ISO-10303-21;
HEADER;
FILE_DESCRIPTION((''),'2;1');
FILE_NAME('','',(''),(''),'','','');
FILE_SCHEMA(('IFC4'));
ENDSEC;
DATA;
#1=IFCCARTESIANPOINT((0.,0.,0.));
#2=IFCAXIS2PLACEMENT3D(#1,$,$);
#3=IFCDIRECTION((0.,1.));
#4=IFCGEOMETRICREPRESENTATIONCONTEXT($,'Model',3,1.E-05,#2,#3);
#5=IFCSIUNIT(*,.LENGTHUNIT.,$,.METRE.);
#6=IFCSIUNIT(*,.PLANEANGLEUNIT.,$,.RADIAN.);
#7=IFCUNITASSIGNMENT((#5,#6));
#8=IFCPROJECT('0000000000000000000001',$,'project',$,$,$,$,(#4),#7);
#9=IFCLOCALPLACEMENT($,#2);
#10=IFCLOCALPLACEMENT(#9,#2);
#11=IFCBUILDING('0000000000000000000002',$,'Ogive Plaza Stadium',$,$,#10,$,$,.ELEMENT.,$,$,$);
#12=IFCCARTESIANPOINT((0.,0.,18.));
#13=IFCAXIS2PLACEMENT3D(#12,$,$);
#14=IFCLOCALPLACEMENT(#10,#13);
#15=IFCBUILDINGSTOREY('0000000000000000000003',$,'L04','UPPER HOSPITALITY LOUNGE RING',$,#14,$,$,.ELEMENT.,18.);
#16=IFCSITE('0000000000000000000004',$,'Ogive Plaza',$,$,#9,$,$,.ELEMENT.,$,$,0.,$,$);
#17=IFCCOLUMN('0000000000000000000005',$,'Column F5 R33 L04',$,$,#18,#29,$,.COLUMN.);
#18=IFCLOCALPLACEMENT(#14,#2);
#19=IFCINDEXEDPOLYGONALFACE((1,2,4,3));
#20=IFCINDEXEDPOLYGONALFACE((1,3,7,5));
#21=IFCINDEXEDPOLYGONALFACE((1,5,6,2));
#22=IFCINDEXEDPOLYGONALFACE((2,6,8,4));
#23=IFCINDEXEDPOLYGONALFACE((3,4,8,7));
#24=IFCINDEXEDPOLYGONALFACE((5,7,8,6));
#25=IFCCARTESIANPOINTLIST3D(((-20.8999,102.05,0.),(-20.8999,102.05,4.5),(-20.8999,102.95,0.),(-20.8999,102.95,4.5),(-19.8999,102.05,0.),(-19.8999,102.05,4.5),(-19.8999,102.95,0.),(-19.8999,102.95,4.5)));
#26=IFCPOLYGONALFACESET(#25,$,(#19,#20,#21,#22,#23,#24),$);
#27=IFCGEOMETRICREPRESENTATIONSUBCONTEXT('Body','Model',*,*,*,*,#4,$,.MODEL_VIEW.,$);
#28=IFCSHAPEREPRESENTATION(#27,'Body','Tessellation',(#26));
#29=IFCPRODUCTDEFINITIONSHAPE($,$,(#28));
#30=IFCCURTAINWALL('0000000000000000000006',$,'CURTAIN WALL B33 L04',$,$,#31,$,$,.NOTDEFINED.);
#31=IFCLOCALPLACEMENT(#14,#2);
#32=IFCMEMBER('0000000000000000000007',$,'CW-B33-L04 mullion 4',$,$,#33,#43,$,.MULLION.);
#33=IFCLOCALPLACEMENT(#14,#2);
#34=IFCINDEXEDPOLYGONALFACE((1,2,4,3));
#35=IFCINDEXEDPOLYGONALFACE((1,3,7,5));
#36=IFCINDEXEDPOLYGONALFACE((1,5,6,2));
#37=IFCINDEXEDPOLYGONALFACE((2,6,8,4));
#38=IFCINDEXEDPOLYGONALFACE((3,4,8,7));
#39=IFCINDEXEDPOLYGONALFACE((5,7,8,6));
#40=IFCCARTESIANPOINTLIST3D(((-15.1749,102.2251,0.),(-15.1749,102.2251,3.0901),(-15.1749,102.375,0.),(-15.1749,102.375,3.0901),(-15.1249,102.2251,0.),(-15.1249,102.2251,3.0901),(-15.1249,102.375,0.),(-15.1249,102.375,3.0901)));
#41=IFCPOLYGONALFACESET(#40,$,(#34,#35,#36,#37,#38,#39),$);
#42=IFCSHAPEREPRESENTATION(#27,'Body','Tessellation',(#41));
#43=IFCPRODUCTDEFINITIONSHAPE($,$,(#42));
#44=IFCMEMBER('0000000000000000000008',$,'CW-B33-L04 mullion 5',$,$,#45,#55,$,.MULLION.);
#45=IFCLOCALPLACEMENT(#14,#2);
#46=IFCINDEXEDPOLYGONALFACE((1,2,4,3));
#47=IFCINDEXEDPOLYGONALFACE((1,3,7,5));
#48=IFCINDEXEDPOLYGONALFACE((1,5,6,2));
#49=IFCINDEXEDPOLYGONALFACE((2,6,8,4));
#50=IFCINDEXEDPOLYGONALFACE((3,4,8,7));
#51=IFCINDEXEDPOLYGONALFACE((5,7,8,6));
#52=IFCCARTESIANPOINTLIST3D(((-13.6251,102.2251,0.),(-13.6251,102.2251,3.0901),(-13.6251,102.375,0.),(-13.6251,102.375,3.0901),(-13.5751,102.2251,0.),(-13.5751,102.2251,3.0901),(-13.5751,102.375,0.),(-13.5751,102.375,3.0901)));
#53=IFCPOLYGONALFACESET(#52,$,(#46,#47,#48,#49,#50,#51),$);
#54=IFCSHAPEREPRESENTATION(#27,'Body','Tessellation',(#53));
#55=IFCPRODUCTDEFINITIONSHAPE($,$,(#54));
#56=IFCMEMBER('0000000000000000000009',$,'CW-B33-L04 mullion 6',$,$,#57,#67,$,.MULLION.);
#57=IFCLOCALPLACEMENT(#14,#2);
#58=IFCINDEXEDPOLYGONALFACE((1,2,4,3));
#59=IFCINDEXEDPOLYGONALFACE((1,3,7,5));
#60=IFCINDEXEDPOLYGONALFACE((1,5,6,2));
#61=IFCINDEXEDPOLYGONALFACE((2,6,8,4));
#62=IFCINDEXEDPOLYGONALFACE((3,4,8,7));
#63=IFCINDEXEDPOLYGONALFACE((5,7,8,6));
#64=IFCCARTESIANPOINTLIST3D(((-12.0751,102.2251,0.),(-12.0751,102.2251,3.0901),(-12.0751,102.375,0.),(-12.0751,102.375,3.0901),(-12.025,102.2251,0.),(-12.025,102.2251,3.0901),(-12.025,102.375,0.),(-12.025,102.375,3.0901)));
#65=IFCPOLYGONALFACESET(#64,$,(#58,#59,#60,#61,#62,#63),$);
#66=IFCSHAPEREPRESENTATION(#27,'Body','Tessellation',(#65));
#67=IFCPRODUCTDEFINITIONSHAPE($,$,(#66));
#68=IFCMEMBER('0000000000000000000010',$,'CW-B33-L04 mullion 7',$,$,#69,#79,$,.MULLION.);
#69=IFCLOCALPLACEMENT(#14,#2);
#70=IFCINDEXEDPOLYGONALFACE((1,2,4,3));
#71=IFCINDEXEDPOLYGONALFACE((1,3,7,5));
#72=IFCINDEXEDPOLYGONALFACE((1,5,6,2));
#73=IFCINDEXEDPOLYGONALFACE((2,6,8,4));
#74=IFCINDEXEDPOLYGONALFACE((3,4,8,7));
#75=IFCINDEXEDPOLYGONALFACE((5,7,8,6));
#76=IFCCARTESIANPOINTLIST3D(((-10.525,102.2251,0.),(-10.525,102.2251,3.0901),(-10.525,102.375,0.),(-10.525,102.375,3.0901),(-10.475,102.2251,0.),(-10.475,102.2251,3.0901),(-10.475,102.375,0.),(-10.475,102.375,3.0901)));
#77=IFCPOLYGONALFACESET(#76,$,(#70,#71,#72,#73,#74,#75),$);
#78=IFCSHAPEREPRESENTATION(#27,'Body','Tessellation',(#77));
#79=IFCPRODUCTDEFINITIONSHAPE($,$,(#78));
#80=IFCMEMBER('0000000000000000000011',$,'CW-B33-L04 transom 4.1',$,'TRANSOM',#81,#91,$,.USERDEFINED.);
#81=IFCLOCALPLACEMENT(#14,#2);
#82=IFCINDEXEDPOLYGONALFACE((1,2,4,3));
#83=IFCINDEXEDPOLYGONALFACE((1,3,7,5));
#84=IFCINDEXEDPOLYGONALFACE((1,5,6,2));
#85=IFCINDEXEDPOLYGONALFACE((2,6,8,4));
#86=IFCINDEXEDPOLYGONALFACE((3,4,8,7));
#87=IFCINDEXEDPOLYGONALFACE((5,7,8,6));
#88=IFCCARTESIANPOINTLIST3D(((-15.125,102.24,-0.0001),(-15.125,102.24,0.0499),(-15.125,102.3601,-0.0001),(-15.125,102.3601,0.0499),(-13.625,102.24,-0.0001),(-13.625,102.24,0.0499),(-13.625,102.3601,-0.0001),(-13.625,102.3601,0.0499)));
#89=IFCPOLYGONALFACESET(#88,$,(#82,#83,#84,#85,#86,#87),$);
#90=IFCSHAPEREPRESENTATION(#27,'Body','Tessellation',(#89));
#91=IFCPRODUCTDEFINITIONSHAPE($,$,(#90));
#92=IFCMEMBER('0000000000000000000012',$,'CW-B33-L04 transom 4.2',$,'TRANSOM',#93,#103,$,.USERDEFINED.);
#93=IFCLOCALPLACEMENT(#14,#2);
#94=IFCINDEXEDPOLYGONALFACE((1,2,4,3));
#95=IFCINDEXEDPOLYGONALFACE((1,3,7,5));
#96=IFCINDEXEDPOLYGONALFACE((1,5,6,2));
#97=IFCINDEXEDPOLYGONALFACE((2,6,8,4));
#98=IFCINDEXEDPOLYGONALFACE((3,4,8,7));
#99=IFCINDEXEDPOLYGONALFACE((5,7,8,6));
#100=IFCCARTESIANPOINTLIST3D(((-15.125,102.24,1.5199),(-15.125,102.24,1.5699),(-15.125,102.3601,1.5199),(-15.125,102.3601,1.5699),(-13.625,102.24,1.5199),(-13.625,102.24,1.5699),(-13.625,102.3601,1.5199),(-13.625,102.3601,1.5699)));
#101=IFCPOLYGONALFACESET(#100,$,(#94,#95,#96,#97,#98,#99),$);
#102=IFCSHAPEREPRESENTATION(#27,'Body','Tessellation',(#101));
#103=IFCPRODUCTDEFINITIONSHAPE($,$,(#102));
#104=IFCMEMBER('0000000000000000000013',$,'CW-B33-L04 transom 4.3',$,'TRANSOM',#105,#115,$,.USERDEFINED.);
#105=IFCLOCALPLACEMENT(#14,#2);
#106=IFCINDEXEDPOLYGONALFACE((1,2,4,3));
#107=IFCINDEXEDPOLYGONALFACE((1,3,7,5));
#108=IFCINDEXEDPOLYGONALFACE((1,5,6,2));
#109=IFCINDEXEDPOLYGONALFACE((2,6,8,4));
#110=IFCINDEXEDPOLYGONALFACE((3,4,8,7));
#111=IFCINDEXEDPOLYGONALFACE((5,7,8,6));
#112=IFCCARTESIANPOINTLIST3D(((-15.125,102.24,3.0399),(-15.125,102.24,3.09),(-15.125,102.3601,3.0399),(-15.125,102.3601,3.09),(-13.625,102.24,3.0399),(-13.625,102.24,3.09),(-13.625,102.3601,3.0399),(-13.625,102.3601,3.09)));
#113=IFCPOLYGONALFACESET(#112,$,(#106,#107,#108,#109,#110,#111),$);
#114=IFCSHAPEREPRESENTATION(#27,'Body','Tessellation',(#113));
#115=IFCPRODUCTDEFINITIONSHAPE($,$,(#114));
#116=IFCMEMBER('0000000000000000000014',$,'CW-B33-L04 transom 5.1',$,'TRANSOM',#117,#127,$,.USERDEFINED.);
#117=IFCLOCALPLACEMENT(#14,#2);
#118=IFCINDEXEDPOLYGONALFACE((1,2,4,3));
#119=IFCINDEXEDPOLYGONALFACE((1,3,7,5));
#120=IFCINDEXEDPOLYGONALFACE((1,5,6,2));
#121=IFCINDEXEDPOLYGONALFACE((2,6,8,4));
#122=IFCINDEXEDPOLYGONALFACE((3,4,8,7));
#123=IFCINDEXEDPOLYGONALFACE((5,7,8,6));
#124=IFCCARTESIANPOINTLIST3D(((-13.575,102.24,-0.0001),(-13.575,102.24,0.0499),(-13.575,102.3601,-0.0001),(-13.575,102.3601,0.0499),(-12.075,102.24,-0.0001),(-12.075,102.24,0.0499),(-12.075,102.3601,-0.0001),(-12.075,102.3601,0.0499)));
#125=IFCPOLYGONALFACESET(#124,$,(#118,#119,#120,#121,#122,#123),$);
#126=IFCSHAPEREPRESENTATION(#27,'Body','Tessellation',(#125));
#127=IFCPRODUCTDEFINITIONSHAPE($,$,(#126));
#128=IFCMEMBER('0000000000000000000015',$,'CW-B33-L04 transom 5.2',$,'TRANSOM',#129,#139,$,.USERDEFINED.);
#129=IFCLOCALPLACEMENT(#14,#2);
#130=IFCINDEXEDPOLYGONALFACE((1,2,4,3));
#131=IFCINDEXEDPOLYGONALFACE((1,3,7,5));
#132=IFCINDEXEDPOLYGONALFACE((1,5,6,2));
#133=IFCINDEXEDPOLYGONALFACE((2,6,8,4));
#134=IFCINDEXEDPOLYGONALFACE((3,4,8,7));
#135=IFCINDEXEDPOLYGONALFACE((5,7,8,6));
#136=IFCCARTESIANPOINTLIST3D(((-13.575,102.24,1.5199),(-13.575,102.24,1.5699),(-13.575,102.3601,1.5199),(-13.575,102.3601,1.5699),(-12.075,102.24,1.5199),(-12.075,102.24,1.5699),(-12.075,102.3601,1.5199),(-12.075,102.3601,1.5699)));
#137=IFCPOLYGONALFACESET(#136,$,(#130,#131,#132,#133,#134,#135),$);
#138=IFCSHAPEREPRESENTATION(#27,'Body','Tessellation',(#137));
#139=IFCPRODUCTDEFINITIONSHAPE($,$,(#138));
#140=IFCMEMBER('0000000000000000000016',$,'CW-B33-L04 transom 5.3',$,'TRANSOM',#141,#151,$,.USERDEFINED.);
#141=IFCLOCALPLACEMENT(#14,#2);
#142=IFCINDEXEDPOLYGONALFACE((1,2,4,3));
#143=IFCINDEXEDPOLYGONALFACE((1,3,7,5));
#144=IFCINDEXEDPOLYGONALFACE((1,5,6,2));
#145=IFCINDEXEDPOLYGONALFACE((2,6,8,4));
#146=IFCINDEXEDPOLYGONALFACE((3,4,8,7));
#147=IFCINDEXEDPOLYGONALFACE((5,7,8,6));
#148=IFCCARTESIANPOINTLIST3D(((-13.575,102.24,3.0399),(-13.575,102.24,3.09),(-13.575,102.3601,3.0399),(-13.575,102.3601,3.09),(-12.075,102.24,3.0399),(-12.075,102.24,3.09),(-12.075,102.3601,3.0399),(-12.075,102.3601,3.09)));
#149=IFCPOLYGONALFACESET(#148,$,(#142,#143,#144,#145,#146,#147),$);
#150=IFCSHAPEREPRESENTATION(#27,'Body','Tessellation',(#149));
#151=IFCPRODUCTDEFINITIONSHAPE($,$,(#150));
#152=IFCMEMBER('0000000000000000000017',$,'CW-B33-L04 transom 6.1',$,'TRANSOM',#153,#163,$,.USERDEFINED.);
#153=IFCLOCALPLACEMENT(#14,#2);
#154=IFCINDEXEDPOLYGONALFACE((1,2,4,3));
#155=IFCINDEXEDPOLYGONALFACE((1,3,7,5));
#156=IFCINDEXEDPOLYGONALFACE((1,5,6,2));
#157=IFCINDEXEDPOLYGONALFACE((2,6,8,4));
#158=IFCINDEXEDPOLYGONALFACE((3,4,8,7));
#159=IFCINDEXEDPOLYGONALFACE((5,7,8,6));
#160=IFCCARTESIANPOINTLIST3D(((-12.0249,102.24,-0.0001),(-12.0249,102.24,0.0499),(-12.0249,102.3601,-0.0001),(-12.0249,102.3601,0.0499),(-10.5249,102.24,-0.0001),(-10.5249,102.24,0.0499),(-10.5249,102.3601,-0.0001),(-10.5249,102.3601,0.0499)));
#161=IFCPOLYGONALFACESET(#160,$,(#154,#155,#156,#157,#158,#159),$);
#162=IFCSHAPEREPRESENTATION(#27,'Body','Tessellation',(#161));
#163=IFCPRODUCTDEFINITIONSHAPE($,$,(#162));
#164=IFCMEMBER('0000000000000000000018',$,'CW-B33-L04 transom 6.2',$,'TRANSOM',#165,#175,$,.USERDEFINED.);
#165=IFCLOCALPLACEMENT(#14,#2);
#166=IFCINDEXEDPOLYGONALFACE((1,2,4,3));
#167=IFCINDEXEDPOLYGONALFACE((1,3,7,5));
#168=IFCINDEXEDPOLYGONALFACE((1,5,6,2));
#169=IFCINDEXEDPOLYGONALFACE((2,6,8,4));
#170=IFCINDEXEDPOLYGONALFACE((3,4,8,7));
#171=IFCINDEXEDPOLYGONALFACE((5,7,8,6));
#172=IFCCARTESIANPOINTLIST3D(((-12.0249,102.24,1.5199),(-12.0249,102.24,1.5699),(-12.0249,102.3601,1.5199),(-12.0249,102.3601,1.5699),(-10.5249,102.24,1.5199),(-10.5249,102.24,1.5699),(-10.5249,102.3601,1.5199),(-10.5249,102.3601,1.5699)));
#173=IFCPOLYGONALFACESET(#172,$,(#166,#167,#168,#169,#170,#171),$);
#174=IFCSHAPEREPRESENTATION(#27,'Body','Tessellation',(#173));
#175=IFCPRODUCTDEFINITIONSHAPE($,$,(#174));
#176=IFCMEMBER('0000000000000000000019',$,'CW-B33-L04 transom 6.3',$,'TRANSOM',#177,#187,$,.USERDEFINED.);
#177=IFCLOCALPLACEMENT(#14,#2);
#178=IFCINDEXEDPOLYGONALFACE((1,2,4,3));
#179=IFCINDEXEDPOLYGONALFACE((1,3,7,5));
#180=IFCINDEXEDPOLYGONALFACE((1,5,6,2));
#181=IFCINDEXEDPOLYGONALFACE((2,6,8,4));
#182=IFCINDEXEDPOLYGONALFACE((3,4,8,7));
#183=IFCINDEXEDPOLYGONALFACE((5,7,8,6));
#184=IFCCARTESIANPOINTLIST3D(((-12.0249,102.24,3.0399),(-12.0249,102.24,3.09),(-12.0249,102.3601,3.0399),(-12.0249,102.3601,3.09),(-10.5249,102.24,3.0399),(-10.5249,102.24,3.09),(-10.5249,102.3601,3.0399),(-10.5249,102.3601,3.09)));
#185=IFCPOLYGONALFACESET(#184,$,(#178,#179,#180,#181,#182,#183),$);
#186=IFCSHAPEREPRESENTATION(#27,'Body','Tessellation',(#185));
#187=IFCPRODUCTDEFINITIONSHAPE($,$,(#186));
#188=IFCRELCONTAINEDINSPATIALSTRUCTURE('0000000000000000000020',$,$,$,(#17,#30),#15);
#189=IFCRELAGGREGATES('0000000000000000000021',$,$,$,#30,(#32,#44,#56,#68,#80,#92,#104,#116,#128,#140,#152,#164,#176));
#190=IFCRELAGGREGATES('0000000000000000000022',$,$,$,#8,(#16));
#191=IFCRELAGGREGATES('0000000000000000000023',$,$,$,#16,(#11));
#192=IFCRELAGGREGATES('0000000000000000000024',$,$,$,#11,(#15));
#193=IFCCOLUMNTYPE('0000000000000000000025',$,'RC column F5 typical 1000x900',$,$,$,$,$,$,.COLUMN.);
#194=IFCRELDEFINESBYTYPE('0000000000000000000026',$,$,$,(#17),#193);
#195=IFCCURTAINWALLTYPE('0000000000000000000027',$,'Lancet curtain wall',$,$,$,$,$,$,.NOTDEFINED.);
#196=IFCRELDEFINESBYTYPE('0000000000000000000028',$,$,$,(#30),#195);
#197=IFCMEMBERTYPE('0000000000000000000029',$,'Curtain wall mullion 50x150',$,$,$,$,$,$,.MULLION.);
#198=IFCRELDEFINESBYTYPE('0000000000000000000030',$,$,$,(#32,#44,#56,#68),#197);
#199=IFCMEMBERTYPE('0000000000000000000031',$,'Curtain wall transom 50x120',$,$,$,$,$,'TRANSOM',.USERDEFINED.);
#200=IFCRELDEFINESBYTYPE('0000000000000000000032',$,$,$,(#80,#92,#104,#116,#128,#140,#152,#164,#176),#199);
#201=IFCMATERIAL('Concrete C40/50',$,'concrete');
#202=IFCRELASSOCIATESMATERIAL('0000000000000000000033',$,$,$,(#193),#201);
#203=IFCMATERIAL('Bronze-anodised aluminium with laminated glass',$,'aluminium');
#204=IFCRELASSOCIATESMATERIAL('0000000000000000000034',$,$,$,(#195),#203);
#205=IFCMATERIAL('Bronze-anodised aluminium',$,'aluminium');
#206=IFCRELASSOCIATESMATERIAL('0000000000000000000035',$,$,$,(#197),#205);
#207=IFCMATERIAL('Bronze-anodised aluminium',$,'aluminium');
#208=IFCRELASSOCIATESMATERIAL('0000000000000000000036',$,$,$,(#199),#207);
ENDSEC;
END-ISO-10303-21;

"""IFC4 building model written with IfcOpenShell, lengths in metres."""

from ifc_helpers import new_model, si_unit, direction, frame, origin, origin_2d, place, context, subcontext, project, spatial, rectangle, extrude, material, material_profile, profile_set, type_object, element, aggregate, save


model = new_model("IFC4")

# Units and contexts
model_context = context("Model", 3, precision=1e-05, world=origin(), true_north=direction((0.0, 1.0)))
body_context = subcontext(model_context, "Body", "Model", "MODEL_VIEW")
ifc_project = project(units=[si_unit("LENGTHUNIT", "METRE"), si_unit("PLANEANGLEUNIT", "RADIAN")], contexts=[model_context])

# Site, building, storey
site_placement = place(None, origin())
site = spatial("IfcSite", under=ifc_project, at=site_placement, Name="Ogive Plaza", CompositionType="ELEMENT", RefElevation=0.0)
building_placement = place(site_placement, origin())
building = spatial("IfcBuilding", under=site, at=building_placement, Name="Ogive Plaza Stadium", CompositionType="ELEMENT")
storey_placement = place(building_placement, frame((0.0, 0.0, 18.0)))
storey = spatial("IfcBuildingStorey", under=building, at=storey_placement, Name="L04", Description="UPPER HOSPITALITY LOUNGE RING", CompositionType="ELEMENT", Elevation=18.0)

# Column
ifc_material_1 = material(Name="Concrete C40/50", Category="concrete")
ifc_material_profile_1 = material_profile(ifc_material_1, rectangle(XDim=1.0, YDim=0.8999, at=origin_2d()), Name="RC 1000x900")
ifc_profile_set_1 = profile_set([ifc_material_profile_1], Name="Concrete C40/50")
column_type = type_object("IfcColumnType", Name="RC column F5 typical 1000x900", PredefinedType="COLUMN", material=ifc_profile_set_1)
column_placement = place(storey_placement, frame((-20.3999, 102.5, 0.0), z_axis=(0.0, 0.0, 1.0), x_axis=(-1.0, 0.0, 0.0)))
element("IfcColumn", 1, at=column_placement, inside=storey, type_object=column_type, Name="Column F5 R33 L04", PredefinedType="COLUMN", context=body_context, shape_type="SweptSolid", body=[
    extrude(rectangle(XDim=1.0, YDim=0.8999, at=origin_2d()), origin(), (0.0, 0.0, 1.0), 4.5),
])

# Curtain wall, members
ifc_material_2 = material(Name="Bronze-anodised aluminium with laminated glass", Category="aluminium")
curtain_wall_type = type_object("IfcCurtainWallType", Name="Lancet curtain wall", PredefinedType="NOTDEFINED", material=ifc_material_2)
curtain_wall_placement = place(storey_placement, origin())
curtain_wall = element("IfcCurtainWall", 2, at=curtain_wall_placement, inside=storey, type_object=curtain_wall_type, Name="CURTAIN WALL B33 L04", PredefinedType="NOTDEFINED")
ifc_material_3 = material(Name="Bronze-anodised aluminium", Category="aluminium")
ifc_material_profile_2 = material_profile(ifc_material_3, rectangle(XDim=0.1499, YDim=0.05, at=origin_2d()), Name="AL 150x50")
ifc_profile_set_2 = profile_set([ifc_material_profile_2], Name="Bronze-anodised aluminium")
member_type_1 = type_object("IfcMemberType", Name="Curtain wall mullion 50x150", PredefinedType="MULLION", material=ifc_profile_set_2)
member_1_placement = place(storey_placement, frame((-15.1499, 102.3, 0.0), z_axis=(0.0, 0.0, 1.0), x_axis=(0.0, 1.0, 0.0)))
member_1 = element("IfcMember", 3, at=member_1_placement, type_object=member_type_1, Name="CW-B33-L04 mullion 4", PredefinedType="MULLION", context=body_context, shape_type="SweptSolid", body=[
    extrude(rectangle(XDim=0.1499, YDim=0.05, at=origin_2d()), origin(), (0.0, 0.0, 1.0), 3.0901),
])
member_2_placement = place(storey_placement, frame((-13.6001, 102.3, 0.0), z_axis=(0.0, 0.0, 1.0), x_axis=(0.0, 1.0, 0.0)))
member_2 = element("IfcMember", 4, at=member_2_placement, type_object=member_type_1, Name="CW-B33-L04 mullion 5", PredefinedType="MULLION", context=body_context, shape_type="SweptSolid", body=[
    extrude(rectangle(XDim=0.1499, YDim=0.05, at=origin_2d()), origin(), (0.0, 0.0, 1.0), 3.0901),
])
member_3_placement = place(storey_placement, frame((-12.05, 102.3, 0.0), z_axis=(0.0, 0.0, 1.0), x_axis=(0.0, 1.0, 0.0)))
member_3 = element("IfcMember", 5, at=member_3_placement, type_object=member_type_1, Name="CW-B33-L04 mullion 6", PredefinedType="MULLION", context=body_context, shape_type="SweptSolid", body=[
    extrude(rectangle(XDim=0.1499, YDim=0.05, at=origin_2d()), origin(), (0.0, 0.0, 1.0), 3.0901),
])
member_4_placement = place(storey_placement, frame((-10.5, 102.3, 0.0), z_axis=(0.0, 0.0, 1.0), x_axis=(0.0, 1.0, 0.0)))
member_4 = element("IfcMember", 6, at=member_4_placement, type_object=member_type_1, Name="CW-B33-L04 mullion 7", PredefinedType="MULLION", context=body_context, shape_type="SweptSolid", body=[
    extrude(rectangle(XDim=0.1499, YDim=0.05, at=origin_2d()), origin(), (0.0, 0.0, 1.0), 3.0901),
])
ifc_material_4 = material(Name="Bronze-anodised aluminium", Category="aluminium")
ifc_material_profile_3 = material_profile(ifc_material_4, rectangle(XDim=0.1201, YDim=0.05, at=origin_2d()), Name="AL 120x50")
ifc_profile_set_3 = profile_set([ifc_material_profile_3], Name="Bronze-anodised aluminium")
member_type_2 = type_object("IfcMemberType", Name="Curtain wall transom 50x120", ElementType="TRANSOM", PredefinedType="USERDEFINED", material=ifc_profile_set_3)
member_5_placement = place(storey_placement, frame((-15.125, 102.3, 0.0249), z_axis=(1.0, 0.0, 0.0), x_axis=(0.0, 1.0, 0.0)))
member_5 = element("IfcMember", 7, at=member_5_placement, type_object=member_type_2, Name="CW-B33-L04 transom 4.1", ObjectType="TRANSOM", PredefinedType="USERDEFINED", context=body_context, shape_type="SweptSolid", body=[
    extrude(rectangle(XDim=0.1201, YDim=0.05, at=origin_2d()), origin(), (0.0, 0.0, 1.0), 1.5),
])
member_6_placement = place(storey_placement, frame((-15.125, 102.3, 1.5449), z_axis=(1.0, 0.0, 0.0), x_axis=(0.0, 1.0, 0.0)))
member_6 = element("IfcMember", 8, at=member_6_placement, type_object=member_type_2, Name="CW-B33-L04 transom 4.2", ObjectType="TRANSOM", PredefinedType="USERDEFINED", context=body_context, shape_type="SweptSolid", body=[
    extrude(rectangle(XDim=0.1201, YDim=0.05, at=origin_2d()), origin(), (0.0, 0.0, 1.0), 1.5),
])
member_7_placement = place(storey_placement, frame((-15.125, 102.3, 3.0649), z_axis=(1.0, 0.0, 0.0), x_axis=(0.0, 1.0, 0.0)))
member_7 = element("IfcMember", 9, at=member_7_placement, type_object=member_type_2, Name="CW-B33-L04 transom 4.3", ObjectType="TRANSOM", PredefinedType="USERDEFINED", context=body_context, shape_type="SweptSolid", body=[
    extrude(rectangle(XDim=0.1201, YDim=0.05, at=origin_2d()), origin(), (0.0, 0.0, 1.0), 1.5),
])
member_8_placement = place(storey_placement, frame((-13.575, 102.3, 0.0249), z_axis=(1.0, 0.0, 0.0), x_axis=(0.0, 1.0, 0.0)))
member_8 = element("IfcMember", 10, at=member_8_placement, type_object=member_type_2, Name="CW-B33-L04 transom 5.1", ObjectType="TRANSOM", PredefinedType="USERDEFINED", context=body_context, shape_type="SweptSolid", body=[
    extrude(rectangle(XDim=0.1201, YDim=0.05, at=origin_2d()), origin(), (0.0, 0.0, 1.0), 1.5),
])
member_9_placement = place(storey_placement, frame((-13.575, 102.3, 1.5449), z_axis=(1.0, 0.0, 0.0), x_axis=(0.0, 1.0, 0.0)))
member_9 = element("IfcMember", 11, at=member_9_placement, type_object=member_type_2, Name="CW-B33-L04 transom 5.2", ObjectType="TRANSOM", PredefinedType="USERDEFINED", context=body_context, shape_type="SweptSolid", body=[
    extrude(rectangle(XDim=0.1201, YDim=0.05, at=origin_2d()), origin(), (0.0, 0.0, 1.0), 1.5),
])
member_10_placement = place(storey_placement, frame((-13.575, 102.3, 3.0649), z_axis=(1.0, 0.0, 0.0), x_axis=(0.0, 1.0, 0.0)))
member_10 = element("IfcMember", 12, at=member_10_placement, type_object=member_type_2, Name="CW-B33-L04 transom 5.3", ObjectType="TRANSOM", PredefinedType="USERDEFINED", context=body_context, shape_type="SweptSolid", body=[
    extrude(rectangle(XDim=0.1201, YDim=0.05, at=origin_2d()), origin(), (0.0, 0.0, 1.0), 1.5),
])
member_11_placement = place(storey_placement, frame((-12.0249, 102.3, 0.0249), z_axis=(1.0, 0.0, 0.0), x_axis=(0.0, 1.0, 0.0)))
member_11 = element("IfcMember", 13, at=member_11_placement, type_object=member_type_2, Name="CW-B33-L04 transom 6.1", ObjectType="TRANSOM", PredefinedType="USERDEFINED", context=body_context, shape_type="SweptSolid", body=[
    extrude(rectangle(XDim=0.1201, YDim=0.05, at=origin_2d()), origin(), (0.0, 0.0, 1.0), 1.5),
])
member_12_placement = place(storey_placement, frame((-12.0249, 102.3, 1.5449), z_axis=(1.0, 0.0, 0.0), x_axis=(0.0, 1.0, 0.0)))
member_12 = element("IfcMember", 14, at=member_12_placement, type_object=member_type_2, Name="CW-B33-L04 transom 6.2", ObjectType="TRANSOM", PredefinedType="USERDEFINED", context=body_context, shape_type="SweptSolid", body=[
    extrude(rectangle(XDim=0.1201, YDim=0.05, at=origin_2d()), origin(), (0.0, 0.0, 1.0), 1.5),
])
member_13_placement = place(storey_placement, frame((-12.0249, 102.3, 3.0649), z_axis=(1.0, 0.0, 0.0), x_axis=(0.0, 1.0, 0.0)))
member_13 = element("IfcMember", 15, at=member_13_placement, type_object=member_type_2, Name="CW-B33-L04 transom 6.3", ObjectType="TRANSOM", PredefinedType="USERDEFINED", context=body_context, shape_type="SweptSolid", body=[
    extrude(rectangle(XDim=0.1201, YDim=0.05, at=origin_2d()), origin(), (0.0, 0.0, 1.0), 1.5),
])

aggregate(curtain_wall, [member_1, member_2, member_3, member_4, member_5, member_6, member_7, member_8, member_9, member_10, member_11, member_12, member_13])

save(model, "model.ifc")
